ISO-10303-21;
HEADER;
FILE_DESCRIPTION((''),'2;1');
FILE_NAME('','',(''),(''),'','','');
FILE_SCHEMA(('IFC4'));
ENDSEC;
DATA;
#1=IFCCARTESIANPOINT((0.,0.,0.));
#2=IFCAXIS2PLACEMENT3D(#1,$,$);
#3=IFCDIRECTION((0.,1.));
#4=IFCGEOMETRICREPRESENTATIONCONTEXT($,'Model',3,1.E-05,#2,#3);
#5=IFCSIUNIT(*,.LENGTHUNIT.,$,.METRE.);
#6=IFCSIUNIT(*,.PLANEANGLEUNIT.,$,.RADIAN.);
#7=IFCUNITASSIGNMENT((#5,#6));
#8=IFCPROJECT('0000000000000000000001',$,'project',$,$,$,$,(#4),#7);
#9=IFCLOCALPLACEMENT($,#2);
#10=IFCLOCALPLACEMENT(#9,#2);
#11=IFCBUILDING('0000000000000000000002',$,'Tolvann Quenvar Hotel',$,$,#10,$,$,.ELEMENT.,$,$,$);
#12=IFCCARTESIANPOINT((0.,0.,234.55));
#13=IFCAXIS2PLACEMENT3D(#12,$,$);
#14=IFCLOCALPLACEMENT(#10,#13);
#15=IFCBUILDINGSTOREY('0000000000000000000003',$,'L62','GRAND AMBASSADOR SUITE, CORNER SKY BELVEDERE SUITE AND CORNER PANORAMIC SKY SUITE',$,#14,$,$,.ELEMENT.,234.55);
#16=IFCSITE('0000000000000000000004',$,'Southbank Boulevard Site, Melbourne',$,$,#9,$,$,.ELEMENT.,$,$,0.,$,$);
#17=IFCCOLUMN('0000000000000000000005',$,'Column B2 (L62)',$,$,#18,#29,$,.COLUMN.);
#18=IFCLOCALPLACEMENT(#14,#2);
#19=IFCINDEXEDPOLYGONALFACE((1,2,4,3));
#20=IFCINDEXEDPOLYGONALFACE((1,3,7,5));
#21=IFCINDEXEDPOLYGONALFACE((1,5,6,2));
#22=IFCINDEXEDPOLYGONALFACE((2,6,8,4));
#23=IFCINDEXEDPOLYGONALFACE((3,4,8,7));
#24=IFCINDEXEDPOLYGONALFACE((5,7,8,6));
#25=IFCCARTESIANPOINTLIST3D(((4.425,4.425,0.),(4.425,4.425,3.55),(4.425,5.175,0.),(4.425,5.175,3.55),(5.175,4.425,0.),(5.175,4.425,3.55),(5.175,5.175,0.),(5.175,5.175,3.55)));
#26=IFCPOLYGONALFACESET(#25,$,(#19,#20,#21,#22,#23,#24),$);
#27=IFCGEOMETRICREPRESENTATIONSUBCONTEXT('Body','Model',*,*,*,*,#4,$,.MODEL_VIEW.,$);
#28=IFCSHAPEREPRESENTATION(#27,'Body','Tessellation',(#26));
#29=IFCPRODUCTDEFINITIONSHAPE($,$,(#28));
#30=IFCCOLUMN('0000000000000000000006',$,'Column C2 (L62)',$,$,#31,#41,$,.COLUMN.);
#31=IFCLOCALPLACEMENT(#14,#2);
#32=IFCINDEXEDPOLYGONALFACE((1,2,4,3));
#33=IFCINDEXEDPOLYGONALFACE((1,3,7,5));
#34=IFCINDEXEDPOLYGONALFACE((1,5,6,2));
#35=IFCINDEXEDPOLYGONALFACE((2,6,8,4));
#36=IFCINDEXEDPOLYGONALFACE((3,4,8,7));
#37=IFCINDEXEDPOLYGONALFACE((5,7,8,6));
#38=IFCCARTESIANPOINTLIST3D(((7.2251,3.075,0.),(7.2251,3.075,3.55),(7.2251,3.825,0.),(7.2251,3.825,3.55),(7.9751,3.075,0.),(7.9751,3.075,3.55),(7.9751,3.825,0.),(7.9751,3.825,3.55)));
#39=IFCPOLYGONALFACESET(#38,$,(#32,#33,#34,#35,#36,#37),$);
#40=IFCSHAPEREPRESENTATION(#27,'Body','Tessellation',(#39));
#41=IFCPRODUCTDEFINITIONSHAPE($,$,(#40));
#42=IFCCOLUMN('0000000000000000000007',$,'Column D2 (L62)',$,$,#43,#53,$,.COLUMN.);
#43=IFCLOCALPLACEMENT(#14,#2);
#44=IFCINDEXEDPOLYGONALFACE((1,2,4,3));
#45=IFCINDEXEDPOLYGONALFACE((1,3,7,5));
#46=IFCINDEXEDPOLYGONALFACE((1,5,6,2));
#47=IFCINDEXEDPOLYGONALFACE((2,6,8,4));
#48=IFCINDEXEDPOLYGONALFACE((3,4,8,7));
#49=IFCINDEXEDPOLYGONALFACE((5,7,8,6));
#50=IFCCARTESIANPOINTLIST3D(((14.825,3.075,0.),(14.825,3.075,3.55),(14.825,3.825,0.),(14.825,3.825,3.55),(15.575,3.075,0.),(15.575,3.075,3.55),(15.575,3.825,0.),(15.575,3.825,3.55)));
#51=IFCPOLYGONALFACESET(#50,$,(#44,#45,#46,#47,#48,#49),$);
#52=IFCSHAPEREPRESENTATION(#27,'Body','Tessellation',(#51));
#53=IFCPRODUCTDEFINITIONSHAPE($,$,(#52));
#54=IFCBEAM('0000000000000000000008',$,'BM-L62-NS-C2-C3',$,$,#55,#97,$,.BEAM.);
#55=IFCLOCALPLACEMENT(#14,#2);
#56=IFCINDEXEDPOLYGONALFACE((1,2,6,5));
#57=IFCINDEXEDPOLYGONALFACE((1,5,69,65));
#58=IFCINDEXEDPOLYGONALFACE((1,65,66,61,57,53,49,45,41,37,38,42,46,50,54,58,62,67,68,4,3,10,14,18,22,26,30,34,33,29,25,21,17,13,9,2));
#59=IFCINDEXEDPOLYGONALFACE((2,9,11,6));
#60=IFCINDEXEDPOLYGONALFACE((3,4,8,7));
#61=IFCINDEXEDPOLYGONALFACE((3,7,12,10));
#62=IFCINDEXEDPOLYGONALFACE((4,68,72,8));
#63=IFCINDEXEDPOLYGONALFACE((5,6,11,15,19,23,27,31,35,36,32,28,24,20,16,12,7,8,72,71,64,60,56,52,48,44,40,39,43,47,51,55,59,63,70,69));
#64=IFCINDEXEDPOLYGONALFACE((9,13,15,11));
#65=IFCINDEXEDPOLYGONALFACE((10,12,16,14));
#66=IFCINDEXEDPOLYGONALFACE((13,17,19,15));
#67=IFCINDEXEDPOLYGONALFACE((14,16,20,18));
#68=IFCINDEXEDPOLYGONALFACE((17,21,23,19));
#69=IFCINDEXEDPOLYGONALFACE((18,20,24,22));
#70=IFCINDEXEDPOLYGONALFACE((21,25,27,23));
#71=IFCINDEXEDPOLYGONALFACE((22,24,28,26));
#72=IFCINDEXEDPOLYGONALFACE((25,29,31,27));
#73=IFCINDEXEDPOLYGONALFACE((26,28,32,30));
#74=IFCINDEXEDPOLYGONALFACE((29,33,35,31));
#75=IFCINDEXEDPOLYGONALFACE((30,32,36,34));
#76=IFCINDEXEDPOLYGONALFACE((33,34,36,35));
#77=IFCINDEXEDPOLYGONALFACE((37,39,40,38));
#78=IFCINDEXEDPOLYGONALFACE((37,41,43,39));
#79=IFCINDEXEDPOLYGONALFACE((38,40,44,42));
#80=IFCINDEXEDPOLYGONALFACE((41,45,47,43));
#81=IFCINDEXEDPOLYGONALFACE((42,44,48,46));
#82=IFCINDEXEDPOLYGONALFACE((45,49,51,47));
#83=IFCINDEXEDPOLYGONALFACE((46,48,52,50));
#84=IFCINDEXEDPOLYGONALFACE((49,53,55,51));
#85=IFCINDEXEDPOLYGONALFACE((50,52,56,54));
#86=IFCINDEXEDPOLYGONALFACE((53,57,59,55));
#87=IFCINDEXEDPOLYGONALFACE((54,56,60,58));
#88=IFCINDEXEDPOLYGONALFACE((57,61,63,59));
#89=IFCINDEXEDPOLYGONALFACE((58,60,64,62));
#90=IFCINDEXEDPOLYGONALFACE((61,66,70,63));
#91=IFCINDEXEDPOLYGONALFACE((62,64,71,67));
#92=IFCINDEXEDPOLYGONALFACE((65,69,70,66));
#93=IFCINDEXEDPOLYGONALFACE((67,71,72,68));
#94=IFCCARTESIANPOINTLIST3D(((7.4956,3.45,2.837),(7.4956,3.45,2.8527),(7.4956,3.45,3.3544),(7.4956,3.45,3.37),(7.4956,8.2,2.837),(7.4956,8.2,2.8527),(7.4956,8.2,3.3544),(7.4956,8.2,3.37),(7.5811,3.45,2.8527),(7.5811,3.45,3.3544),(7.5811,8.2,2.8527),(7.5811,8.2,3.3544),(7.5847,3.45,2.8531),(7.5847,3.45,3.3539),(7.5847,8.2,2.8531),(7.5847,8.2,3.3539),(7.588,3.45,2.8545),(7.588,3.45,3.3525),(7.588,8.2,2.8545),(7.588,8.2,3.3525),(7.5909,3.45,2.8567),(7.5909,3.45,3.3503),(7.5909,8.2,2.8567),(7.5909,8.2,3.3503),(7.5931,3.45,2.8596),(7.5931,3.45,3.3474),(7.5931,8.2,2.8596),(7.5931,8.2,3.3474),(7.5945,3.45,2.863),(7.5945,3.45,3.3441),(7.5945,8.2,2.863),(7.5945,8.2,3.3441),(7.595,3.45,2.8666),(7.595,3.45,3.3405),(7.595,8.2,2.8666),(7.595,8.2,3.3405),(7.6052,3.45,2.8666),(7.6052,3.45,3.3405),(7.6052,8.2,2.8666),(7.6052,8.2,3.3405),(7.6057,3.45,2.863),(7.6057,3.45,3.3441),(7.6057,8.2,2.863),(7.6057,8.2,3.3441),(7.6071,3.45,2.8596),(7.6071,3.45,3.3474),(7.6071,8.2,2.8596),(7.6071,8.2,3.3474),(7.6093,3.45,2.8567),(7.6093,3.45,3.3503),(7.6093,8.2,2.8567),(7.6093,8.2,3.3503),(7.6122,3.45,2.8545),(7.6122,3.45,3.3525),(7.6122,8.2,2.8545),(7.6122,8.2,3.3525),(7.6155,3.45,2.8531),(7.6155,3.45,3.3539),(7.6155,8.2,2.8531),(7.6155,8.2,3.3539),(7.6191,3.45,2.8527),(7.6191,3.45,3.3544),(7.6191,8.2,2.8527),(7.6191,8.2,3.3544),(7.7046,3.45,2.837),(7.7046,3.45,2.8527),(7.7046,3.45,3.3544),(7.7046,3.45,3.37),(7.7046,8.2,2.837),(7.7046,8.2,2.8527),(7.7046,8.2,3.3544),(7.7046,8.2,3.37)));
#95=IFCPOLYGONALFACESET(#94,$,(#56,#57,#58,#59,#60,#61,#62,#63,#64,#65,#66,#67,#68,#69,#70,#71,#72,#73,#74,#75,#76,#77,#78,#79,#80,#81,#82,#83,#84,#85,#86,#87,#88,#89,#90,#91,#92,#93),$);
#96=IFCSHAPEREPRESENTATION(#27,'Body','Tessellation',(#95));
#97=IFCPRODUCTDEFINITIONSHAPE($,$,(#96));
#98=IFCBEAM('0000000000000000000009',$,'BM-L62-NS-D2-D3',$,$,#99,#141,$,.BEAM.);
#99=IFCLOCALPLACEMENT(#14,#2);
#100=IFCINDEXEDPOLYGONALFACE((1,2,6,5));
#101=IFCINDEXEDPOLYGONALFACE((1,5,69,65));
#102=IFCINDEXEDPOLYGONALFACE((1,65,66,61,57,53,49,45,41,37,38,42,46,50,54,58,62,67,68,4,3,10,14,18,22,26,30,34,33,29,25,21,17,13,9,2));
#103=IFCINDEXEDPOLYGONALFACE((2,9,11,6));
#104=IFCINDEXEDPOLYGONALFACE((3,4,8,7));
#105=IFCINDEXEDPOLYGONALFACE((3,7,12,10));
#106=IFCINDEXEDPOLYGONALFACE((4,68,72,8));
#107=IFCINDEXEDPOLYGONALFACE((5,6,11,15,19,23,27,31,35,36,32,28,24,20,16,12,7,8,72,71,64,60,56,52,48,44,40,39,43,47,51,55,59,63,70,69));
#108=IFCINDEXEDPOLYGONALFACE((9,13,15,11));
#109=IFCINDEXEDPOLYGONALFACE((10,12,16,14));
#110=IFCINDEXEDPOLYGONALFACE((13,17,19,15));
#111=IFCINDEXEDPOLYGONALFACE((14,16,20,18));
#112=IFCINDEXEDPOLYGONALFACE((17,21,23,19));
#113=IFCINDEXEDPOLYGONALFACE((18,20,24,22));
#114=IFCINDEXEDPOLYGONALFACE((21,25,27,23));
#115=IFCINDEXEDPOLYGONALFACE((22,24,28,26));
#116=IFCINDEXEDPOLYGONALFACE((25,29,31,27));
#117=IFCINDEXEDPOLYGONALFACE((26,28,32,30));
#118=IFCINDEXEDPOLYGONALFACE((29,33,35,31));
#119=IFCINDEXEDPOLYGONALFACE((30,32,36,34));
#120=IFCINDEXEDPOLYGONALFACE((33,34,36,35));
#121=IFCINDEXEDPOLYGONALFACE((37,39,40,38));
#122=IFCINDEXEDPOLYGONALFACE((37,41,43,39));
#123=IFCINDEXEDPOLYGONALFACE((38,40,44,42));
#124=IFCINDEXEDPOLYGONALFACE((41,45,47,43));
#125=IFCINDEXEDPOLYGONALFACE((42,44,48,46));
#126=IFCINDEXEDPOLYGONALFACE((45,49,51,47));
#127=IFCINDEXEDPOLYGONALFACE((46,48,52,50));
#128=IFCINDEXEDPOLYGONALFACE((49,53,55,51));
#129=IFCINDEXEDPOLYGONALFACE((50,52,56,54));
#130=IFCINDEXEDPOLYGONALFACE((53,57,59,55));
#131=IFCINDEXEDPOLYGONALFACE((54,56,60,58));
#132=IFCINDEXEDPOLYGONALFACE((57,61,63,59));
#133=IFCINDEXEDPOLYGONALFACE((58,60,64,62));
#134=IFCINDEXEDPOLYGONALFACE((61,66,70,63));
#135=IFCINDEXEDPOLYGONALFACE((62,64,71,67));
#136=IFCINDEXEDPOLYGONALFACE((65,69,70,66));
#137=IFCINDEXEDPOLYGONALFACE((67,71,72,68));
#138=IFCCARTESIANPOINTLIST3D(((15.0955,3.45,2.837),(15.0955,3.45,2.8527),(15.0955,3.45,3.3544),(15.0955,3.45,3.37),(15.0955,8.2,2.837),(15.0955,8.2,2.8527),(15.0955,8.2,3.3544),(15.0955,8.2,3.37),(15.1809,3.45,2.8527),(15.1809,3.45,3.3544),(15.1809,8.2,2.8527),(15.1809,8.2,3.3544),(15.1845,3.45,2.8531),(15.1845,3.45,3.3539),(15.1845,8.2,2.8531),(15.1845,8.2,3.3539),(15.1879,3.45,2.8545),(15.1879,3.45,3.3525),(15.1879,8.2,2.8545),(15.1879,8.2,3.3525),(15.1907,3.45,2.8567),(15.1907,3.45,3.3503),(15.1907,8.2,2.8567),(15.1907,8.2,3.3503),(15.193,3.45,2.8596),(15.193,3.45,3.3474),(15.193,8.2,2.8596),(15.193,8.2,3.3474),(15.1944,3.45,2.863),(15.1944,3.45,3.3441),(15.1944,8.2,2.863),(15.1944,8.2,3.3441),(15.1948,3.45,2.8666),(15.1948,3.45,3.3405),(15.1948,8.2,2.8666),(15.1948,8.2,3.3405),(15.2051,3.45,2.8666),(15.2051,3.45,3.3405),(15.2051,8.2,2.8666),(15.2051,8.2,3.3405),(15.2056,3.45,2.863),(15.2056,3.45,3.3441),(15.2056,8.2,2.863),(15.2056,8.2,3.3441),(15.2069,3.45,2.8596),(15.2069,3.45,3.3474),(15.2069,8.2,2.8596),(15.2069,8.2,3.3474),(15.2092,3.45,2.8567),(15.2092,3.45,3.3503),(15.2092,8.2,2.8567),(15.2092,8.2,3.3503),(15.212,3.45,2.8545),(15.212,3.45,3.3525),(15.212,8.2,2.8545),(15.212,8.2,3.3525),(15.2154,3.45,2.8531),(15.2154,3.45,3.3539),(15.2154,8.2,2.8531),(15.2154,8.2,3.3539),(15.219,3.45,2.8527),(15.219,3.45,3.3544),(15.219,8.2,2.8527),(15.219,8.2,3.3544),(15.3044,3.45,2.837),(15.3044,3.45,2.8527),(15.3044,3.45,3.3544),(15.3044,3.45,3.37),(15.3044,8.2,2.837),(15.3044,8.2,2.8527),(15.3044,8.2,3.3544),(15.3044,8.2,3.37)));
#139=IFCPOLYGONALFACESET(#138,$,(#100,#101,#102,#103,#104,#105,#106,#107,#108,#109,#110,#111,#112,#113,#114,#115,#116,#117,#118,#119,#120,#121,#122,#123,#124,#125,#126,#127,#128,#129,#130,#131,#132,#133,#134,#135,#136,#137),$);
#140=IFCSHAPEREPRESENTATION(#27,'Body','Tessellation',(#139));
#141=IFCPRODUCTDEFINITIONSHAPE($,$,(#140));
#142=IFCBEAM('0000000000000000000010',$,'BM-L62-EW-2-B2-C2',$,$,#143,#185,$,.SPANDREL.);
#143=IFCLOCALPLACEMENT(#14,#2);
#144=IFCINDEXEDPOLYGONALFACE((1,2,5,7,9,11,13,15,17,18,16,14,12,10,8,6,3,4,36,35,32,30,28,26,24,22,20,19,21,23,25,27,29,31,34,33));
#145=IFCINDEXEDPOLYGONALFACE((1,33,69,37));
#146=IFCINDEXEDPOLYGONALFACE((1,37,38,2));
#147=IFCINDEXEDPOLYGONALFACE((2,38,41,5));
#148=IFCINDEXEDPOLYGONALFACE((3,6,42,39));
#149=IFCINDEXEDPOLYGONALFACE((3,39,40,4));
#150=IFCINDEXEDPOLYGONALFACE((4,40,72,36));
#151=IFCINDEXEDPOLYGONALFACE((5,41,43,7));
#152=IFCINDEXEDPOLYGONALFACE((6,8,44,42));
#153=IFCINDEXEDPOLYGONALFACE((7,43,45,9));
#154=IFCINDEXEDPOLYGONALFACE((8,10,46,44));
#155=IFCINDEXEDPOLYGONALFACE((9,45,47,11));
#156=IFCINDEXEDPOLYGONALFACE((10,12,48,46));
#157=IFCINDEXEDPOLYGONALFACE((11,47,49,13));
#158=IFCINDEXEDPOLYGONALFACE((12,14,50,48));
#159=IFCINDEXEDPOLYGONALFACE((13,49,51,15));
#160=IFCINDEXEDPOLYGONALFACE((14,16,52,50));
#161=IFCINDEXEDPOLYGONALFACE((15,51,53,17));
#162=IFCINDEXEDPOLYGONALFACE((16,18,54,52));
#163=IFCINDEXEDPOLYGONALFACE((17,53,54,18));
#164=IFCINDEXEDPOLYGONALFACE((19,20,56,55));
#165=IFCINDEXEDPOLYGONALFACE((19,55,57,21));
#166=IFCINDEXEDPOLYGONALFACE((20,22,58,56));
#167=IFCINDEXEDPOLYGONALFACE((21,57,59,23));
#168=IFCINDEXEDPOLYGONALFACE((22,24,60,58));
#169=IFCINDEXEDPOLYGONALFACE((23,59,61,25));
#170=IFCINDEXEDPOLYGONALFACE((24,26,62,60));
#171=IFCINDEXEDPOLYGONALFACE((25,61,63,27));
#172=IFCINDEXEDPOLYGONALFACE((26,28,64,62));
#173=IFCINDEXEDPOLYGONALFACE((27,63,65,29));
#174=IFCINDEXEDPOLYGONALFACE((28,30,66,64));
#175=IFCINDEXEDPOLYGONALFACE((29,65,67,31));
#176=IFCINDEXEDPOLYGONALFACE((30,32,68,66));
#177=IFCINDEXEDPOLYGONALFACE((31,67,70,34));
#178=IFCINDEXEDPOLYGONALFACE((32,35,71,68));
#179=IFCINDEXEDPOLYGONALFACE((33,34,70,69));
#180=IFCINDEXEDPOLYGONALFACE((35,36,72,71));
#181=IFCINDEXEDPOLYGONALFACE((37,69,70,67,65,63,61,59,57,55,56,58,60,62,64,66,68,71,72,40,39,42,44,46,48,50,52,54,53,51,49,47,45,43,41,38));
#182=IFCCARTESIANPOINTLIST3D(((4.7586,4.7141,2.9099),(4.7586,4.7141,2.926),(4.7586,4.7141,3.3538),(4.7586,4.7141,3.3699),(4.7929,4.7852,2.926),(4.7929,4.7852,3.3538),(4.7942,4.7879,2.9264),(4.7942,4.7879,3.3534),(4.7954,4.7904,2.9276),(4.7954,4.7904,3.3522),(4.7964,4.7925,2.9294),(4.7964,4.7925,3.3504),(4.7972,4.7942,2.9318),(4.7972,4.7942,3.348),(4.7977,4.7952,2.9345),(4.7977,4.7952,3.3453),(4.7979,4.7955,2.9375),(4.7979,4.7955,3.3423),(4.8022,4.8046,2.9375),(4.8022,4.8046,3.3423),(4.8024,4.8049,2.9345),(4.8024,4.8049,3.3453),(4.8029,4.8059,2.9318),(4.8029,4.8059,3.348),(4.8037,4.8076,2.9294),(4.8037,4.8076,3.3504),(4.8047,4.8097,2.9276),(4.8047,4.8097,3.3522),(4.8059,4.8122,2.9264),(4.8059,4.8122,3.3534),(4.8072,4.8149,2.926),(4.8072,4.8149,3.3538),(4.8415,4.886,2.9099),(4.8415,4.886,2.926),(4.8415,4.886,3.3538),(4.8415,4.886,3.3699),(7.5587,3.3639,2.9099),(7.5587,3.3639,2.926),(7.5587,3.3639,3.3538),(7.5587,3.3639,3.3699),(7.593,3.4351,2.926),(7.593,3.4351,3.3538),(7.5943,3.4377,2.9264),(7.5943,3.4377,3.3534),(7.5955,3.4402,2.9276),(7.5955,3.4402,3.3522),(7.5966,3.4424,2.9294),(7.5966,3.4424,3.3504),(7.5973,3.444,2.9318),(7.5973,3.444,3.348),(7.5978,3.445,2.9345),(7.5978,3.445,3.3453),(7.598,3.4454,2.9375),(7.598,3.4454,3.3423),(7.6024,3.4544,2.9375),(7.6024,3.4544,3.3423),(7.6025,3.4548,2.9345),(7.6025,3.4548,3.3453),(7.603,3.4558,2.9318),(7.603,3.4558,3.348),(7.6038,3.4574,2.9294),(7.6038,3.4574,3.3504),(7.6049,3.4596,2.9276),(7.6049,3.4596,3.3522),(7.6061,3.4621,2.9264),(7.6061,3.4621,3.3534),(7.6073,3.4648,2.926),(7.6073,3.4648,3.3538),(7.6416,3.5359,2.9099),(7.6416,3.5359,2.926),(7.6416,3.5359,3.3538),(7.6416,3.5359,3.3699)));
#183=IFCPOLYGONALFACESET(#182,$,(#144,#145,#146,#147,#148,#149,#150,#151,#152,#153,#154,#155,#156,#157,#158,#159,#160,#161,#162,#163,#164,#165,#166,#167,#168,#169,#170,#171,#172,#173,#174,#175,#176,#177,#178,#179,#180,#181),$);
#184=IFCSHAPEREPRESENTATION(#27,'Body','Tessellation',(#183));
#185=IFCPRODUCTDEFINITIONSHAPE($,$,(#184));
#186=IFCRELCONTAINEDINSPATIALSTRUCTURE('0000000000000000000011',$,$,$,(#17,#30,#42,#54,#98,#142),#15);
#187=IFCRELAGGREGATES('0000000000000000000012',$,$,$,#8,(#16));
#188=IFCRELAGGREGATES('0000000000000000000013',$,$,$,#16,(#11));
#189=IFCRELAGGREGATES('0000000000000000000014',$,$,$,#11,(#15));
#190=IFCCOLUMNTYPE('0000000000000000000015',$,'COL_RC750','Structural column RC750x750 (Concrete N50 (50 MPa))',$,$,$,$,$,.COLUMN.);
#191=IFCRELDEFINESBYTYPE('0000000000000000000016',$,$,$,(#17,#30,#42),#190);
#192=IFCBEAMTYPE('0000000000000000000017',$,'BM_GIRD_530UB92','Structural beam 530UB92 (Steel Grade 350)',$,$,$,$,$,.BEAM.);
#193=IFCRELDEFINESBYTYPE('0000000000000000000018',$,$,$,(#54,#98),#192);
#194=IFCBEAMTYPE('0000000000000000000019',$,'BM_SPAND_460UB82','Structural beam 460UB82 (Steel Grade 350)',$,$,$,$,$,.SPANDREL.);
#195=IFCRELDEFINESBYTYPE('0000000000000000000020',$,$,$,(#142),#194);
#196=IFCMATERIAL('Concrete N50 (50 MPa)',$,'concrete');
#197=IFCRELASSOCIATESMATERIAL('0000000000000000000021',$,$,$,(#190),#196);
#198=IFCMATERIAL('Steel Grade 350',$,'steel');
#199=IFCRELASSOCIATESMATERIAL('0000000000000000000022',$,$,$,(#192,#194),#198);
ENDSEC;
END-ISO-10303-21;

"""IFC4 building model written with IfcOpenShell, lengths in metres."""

from ifc_helpers import new_model, si_unit, direction, frame, origin, origin_2d, place, context, subcontext, project, spatial, rectangle, i_section, extrude, source, transform, mapped, material, material_profile, profile_set, type_object, type_shapes, element, save


model = new_model("IFC4")

# Units and contexts
model_context = context("Model", 3, precision=1e-05, world=origin(), true_north=direction((0.0, 1.0)))
body_context = subcontext(model_context, "Body", "Model", "MODEL_VIEW")
ifc_project = project(units=[si_unit("LENGTHUNIT", "METRE"), si_unit("PLANEANGLEUNIT", "RADIAN")], contexts=[model_context])

# Site, building, storey
site_placement = place(None, origin())
site = spatial("IfcSite", under=ifc_project, at=site_placement, Name="Southbank Boulevard Site, Melbourne", CompositionType="ELEMENT", RefElevation=0.0)
building_placement = place(site_placement, origin())
building = spatial("IfcBuilding", under=site, at=building_placement, Name="Tolvann Quenvar Hotel", CompositionType="ELEMENT")
storey_placement = place(building_placement, frame((0.0, 0.0, 234.55)))
storey = spatial("IfcBuildingStorey", under=building, at=storey_placement, Name="L62", Description="GRAND AMBASSADOR SUITE, CORNER SKY BELVEDERE SUITE AND CORNER PANORAMIC SKY SUITE", CompositionType="ELEMENT", Elevation=234.55)

# Columns
ifc_material_1 = material(Name="Concrete N50 (50 MPa)", Category="concrete")
ifc_material_profile_1 = material_profile(ifc_material_1, rectangle(XDim=0.75, YDim=0.75, at=origin_2d()), Name="RC750x750")
ifc_profile_set_1 = profile_set([ifc_material_profile_1], Name="Concrete N50 (50 MPa)")
column_type = type_object("IfcColumnType", Name="COL_RC750", Description="Structural column RC750x750 (Concrete N50 (50 MPa))", PredefinedType="COLUMN", material=ifc_profile_set_1)
shared_shape_1 = source(origin(), body_context, "Body", "SweptSolid", [
    extrude(rectangle(XDim=0.75, YDim=0.75, at=origin_2d()), origin(), (0.0, 0.0, 1.0), 3.55),
])
type_shapes(column_type, [shared_shape_1])
for number, where, z_axis, x_axis, name in (
    (1, (4.8, 4.8, 0.0), (0.0, 0.0, 1.0), (1.0, 0.0, 0.0), "Column B2 (L62)"),
    (2, (7.6001, 3.45, 0.0), (0.0, 0.0, 1.0), (1.0, 0.0, 0.0), "Column C2 (L62)"),
    (3, (15.2, 3.45, 0.0), (0.0, 0.0, 1.0), (1.0, 0.0, 0.0), "Column D2 (L62)"),
):
    element("IfcColumn", number, at=place(storey_placement, frame(where, z_axis=z_axis, x_axis=x_axis)), inside=storey, type_object=column_type, Name=name, PredefinedType="COLUMN", context=body_context, shape_type="MappedRepresentation", body=[
        mapped(shared_shape_1, transform((0.0, 0.0, 0.0), x_axis=(1.0, 0.0, 0.0), y_axis=(0.0, 1.0, 0.0), z_axis=(0.0, 0.0, 1.0), scale=1.0)),
    ])

# Beams
ifc_material_2 = material(Name="Steel Grade 350", Category="steel")
ifc_material_profile_2 = material_profile(ifc_material_2, i_section(OverallWidth=0.209, OverallDepth=0.533, WebThickness=0.0103, FlangeThickness=0.0156, FilletRadius=0.0139, at=origin_2d()), Name="530UB92")
ifc_profile_set_2 = profile_set([ifc_material_profile_2], Name="Steel Grade 350")
beam_type_1 = type_object("IfcBeamType", Name="BM_GIRD_530UB92", Description="Structural beam 530UB92 (Steel Grade 350)", PredefinedType="BEAM", material=ifc_profile_set_2)
shared_shape_2 = source(origin(), body_context, "Body", "SweptSolid", [
    extrude(i_section(OverallWidth=0.209, OverallDepth=0.533, WebThickness=0.0103, FlangeThickness=0.0156, FilletRadius=0.0139, at=origin_2d()), origin(), (0.0, 0.0, 1.0), 4.75),
])
type_shapes(beam_type_1, [shared_shape_2])
for number, where, z_axis, x_axis, name in (
    (4, (7.6001, 3.45, 3.1035), (0.0, 1.0, 0.0), (-1.0, 0.0, 0.0), "BM-L62-NS-C2-C3"),
    (5, (15.2, 3.45, 3.1035), (0.0, 1.0, 0.0), (-1.0, 0.0, 0.0), "BM-L62-NS-D2-D3"),
):
    element("IfcBeam", number, at=place(storey_placement, frame(where, z_axis=z_axis, x_axis=x_axis)), inside=storey, type_object=beam_type_1, Name=name, PredefinedType="BEAM", context=body_context, shape_type="MappedRepresentation", body=[
        mapped(shared_shape_2, transform((0.0, 0.0, 0.0), x_axis=(1.0, 0.0, 0.0), y_axis=(0.0, 1.0, 0.0), z_axis=(0.0, 0.0, 1.0), scale=1.0)),
    ])
ifc_material_profile_3 = material_profile(ifc_material_2, i_section(OverallWidth=0.1909, OverallDepth=0.46, WebThickness=0.01, FlangeThickness=0.0161, FilletRadius=0.0115, at=origin_2d()), Name="460UB82")
ifc_profile_set_3 = profile_set([ifc_material_profile_3], Name="Steel Grade 350")
beam_type_2 = type_object("IfcBeamType", Name="BM_SPAND_460UB82", Description="Structural beam 460UB82 (Steel Grade 350)", PredefinedType="SPANDREL", material=ifc_profile_set_3)
shared_shape_3 = source(origin(), body_context, "Body", "SweptSolid", [
    extrude(i_section(OverallWidth=0.1909, OverallDepth=0.46, WebThickness=0.01, FlangeThickness=0.0161, FilletRadius=0.0115, at=origin_2d()), origin(), (0.0, 0.0, 1.0), 3.1086),
])
beam_1_placement = place(storey_placement, frame((4.8, 4.8, 3.1399), z_axis=(0.900759, -0.434319, 0.0), x_axis=(0.434319, 0.900759, 0.0)))
element("IfcBeam", 6, at=beam_1_placement, inside=storey, type_object=beam_type_2, Name="BM-L62-EW-2-B2-C2", PredefinedType="SPANDREL", context=body_context, shape_type="MappedRepresentation", body=[
    mapped(shared_shape_3, transform((0.0, 0.0, 0.0), x_axis=(1.0, 0.0, 0.0), y_axis=(0.0, 1.0, 0.0), z_axis=(0.0, 0.0, 1.0), scale=1.0)),
])

save(model, "model.ifc")
